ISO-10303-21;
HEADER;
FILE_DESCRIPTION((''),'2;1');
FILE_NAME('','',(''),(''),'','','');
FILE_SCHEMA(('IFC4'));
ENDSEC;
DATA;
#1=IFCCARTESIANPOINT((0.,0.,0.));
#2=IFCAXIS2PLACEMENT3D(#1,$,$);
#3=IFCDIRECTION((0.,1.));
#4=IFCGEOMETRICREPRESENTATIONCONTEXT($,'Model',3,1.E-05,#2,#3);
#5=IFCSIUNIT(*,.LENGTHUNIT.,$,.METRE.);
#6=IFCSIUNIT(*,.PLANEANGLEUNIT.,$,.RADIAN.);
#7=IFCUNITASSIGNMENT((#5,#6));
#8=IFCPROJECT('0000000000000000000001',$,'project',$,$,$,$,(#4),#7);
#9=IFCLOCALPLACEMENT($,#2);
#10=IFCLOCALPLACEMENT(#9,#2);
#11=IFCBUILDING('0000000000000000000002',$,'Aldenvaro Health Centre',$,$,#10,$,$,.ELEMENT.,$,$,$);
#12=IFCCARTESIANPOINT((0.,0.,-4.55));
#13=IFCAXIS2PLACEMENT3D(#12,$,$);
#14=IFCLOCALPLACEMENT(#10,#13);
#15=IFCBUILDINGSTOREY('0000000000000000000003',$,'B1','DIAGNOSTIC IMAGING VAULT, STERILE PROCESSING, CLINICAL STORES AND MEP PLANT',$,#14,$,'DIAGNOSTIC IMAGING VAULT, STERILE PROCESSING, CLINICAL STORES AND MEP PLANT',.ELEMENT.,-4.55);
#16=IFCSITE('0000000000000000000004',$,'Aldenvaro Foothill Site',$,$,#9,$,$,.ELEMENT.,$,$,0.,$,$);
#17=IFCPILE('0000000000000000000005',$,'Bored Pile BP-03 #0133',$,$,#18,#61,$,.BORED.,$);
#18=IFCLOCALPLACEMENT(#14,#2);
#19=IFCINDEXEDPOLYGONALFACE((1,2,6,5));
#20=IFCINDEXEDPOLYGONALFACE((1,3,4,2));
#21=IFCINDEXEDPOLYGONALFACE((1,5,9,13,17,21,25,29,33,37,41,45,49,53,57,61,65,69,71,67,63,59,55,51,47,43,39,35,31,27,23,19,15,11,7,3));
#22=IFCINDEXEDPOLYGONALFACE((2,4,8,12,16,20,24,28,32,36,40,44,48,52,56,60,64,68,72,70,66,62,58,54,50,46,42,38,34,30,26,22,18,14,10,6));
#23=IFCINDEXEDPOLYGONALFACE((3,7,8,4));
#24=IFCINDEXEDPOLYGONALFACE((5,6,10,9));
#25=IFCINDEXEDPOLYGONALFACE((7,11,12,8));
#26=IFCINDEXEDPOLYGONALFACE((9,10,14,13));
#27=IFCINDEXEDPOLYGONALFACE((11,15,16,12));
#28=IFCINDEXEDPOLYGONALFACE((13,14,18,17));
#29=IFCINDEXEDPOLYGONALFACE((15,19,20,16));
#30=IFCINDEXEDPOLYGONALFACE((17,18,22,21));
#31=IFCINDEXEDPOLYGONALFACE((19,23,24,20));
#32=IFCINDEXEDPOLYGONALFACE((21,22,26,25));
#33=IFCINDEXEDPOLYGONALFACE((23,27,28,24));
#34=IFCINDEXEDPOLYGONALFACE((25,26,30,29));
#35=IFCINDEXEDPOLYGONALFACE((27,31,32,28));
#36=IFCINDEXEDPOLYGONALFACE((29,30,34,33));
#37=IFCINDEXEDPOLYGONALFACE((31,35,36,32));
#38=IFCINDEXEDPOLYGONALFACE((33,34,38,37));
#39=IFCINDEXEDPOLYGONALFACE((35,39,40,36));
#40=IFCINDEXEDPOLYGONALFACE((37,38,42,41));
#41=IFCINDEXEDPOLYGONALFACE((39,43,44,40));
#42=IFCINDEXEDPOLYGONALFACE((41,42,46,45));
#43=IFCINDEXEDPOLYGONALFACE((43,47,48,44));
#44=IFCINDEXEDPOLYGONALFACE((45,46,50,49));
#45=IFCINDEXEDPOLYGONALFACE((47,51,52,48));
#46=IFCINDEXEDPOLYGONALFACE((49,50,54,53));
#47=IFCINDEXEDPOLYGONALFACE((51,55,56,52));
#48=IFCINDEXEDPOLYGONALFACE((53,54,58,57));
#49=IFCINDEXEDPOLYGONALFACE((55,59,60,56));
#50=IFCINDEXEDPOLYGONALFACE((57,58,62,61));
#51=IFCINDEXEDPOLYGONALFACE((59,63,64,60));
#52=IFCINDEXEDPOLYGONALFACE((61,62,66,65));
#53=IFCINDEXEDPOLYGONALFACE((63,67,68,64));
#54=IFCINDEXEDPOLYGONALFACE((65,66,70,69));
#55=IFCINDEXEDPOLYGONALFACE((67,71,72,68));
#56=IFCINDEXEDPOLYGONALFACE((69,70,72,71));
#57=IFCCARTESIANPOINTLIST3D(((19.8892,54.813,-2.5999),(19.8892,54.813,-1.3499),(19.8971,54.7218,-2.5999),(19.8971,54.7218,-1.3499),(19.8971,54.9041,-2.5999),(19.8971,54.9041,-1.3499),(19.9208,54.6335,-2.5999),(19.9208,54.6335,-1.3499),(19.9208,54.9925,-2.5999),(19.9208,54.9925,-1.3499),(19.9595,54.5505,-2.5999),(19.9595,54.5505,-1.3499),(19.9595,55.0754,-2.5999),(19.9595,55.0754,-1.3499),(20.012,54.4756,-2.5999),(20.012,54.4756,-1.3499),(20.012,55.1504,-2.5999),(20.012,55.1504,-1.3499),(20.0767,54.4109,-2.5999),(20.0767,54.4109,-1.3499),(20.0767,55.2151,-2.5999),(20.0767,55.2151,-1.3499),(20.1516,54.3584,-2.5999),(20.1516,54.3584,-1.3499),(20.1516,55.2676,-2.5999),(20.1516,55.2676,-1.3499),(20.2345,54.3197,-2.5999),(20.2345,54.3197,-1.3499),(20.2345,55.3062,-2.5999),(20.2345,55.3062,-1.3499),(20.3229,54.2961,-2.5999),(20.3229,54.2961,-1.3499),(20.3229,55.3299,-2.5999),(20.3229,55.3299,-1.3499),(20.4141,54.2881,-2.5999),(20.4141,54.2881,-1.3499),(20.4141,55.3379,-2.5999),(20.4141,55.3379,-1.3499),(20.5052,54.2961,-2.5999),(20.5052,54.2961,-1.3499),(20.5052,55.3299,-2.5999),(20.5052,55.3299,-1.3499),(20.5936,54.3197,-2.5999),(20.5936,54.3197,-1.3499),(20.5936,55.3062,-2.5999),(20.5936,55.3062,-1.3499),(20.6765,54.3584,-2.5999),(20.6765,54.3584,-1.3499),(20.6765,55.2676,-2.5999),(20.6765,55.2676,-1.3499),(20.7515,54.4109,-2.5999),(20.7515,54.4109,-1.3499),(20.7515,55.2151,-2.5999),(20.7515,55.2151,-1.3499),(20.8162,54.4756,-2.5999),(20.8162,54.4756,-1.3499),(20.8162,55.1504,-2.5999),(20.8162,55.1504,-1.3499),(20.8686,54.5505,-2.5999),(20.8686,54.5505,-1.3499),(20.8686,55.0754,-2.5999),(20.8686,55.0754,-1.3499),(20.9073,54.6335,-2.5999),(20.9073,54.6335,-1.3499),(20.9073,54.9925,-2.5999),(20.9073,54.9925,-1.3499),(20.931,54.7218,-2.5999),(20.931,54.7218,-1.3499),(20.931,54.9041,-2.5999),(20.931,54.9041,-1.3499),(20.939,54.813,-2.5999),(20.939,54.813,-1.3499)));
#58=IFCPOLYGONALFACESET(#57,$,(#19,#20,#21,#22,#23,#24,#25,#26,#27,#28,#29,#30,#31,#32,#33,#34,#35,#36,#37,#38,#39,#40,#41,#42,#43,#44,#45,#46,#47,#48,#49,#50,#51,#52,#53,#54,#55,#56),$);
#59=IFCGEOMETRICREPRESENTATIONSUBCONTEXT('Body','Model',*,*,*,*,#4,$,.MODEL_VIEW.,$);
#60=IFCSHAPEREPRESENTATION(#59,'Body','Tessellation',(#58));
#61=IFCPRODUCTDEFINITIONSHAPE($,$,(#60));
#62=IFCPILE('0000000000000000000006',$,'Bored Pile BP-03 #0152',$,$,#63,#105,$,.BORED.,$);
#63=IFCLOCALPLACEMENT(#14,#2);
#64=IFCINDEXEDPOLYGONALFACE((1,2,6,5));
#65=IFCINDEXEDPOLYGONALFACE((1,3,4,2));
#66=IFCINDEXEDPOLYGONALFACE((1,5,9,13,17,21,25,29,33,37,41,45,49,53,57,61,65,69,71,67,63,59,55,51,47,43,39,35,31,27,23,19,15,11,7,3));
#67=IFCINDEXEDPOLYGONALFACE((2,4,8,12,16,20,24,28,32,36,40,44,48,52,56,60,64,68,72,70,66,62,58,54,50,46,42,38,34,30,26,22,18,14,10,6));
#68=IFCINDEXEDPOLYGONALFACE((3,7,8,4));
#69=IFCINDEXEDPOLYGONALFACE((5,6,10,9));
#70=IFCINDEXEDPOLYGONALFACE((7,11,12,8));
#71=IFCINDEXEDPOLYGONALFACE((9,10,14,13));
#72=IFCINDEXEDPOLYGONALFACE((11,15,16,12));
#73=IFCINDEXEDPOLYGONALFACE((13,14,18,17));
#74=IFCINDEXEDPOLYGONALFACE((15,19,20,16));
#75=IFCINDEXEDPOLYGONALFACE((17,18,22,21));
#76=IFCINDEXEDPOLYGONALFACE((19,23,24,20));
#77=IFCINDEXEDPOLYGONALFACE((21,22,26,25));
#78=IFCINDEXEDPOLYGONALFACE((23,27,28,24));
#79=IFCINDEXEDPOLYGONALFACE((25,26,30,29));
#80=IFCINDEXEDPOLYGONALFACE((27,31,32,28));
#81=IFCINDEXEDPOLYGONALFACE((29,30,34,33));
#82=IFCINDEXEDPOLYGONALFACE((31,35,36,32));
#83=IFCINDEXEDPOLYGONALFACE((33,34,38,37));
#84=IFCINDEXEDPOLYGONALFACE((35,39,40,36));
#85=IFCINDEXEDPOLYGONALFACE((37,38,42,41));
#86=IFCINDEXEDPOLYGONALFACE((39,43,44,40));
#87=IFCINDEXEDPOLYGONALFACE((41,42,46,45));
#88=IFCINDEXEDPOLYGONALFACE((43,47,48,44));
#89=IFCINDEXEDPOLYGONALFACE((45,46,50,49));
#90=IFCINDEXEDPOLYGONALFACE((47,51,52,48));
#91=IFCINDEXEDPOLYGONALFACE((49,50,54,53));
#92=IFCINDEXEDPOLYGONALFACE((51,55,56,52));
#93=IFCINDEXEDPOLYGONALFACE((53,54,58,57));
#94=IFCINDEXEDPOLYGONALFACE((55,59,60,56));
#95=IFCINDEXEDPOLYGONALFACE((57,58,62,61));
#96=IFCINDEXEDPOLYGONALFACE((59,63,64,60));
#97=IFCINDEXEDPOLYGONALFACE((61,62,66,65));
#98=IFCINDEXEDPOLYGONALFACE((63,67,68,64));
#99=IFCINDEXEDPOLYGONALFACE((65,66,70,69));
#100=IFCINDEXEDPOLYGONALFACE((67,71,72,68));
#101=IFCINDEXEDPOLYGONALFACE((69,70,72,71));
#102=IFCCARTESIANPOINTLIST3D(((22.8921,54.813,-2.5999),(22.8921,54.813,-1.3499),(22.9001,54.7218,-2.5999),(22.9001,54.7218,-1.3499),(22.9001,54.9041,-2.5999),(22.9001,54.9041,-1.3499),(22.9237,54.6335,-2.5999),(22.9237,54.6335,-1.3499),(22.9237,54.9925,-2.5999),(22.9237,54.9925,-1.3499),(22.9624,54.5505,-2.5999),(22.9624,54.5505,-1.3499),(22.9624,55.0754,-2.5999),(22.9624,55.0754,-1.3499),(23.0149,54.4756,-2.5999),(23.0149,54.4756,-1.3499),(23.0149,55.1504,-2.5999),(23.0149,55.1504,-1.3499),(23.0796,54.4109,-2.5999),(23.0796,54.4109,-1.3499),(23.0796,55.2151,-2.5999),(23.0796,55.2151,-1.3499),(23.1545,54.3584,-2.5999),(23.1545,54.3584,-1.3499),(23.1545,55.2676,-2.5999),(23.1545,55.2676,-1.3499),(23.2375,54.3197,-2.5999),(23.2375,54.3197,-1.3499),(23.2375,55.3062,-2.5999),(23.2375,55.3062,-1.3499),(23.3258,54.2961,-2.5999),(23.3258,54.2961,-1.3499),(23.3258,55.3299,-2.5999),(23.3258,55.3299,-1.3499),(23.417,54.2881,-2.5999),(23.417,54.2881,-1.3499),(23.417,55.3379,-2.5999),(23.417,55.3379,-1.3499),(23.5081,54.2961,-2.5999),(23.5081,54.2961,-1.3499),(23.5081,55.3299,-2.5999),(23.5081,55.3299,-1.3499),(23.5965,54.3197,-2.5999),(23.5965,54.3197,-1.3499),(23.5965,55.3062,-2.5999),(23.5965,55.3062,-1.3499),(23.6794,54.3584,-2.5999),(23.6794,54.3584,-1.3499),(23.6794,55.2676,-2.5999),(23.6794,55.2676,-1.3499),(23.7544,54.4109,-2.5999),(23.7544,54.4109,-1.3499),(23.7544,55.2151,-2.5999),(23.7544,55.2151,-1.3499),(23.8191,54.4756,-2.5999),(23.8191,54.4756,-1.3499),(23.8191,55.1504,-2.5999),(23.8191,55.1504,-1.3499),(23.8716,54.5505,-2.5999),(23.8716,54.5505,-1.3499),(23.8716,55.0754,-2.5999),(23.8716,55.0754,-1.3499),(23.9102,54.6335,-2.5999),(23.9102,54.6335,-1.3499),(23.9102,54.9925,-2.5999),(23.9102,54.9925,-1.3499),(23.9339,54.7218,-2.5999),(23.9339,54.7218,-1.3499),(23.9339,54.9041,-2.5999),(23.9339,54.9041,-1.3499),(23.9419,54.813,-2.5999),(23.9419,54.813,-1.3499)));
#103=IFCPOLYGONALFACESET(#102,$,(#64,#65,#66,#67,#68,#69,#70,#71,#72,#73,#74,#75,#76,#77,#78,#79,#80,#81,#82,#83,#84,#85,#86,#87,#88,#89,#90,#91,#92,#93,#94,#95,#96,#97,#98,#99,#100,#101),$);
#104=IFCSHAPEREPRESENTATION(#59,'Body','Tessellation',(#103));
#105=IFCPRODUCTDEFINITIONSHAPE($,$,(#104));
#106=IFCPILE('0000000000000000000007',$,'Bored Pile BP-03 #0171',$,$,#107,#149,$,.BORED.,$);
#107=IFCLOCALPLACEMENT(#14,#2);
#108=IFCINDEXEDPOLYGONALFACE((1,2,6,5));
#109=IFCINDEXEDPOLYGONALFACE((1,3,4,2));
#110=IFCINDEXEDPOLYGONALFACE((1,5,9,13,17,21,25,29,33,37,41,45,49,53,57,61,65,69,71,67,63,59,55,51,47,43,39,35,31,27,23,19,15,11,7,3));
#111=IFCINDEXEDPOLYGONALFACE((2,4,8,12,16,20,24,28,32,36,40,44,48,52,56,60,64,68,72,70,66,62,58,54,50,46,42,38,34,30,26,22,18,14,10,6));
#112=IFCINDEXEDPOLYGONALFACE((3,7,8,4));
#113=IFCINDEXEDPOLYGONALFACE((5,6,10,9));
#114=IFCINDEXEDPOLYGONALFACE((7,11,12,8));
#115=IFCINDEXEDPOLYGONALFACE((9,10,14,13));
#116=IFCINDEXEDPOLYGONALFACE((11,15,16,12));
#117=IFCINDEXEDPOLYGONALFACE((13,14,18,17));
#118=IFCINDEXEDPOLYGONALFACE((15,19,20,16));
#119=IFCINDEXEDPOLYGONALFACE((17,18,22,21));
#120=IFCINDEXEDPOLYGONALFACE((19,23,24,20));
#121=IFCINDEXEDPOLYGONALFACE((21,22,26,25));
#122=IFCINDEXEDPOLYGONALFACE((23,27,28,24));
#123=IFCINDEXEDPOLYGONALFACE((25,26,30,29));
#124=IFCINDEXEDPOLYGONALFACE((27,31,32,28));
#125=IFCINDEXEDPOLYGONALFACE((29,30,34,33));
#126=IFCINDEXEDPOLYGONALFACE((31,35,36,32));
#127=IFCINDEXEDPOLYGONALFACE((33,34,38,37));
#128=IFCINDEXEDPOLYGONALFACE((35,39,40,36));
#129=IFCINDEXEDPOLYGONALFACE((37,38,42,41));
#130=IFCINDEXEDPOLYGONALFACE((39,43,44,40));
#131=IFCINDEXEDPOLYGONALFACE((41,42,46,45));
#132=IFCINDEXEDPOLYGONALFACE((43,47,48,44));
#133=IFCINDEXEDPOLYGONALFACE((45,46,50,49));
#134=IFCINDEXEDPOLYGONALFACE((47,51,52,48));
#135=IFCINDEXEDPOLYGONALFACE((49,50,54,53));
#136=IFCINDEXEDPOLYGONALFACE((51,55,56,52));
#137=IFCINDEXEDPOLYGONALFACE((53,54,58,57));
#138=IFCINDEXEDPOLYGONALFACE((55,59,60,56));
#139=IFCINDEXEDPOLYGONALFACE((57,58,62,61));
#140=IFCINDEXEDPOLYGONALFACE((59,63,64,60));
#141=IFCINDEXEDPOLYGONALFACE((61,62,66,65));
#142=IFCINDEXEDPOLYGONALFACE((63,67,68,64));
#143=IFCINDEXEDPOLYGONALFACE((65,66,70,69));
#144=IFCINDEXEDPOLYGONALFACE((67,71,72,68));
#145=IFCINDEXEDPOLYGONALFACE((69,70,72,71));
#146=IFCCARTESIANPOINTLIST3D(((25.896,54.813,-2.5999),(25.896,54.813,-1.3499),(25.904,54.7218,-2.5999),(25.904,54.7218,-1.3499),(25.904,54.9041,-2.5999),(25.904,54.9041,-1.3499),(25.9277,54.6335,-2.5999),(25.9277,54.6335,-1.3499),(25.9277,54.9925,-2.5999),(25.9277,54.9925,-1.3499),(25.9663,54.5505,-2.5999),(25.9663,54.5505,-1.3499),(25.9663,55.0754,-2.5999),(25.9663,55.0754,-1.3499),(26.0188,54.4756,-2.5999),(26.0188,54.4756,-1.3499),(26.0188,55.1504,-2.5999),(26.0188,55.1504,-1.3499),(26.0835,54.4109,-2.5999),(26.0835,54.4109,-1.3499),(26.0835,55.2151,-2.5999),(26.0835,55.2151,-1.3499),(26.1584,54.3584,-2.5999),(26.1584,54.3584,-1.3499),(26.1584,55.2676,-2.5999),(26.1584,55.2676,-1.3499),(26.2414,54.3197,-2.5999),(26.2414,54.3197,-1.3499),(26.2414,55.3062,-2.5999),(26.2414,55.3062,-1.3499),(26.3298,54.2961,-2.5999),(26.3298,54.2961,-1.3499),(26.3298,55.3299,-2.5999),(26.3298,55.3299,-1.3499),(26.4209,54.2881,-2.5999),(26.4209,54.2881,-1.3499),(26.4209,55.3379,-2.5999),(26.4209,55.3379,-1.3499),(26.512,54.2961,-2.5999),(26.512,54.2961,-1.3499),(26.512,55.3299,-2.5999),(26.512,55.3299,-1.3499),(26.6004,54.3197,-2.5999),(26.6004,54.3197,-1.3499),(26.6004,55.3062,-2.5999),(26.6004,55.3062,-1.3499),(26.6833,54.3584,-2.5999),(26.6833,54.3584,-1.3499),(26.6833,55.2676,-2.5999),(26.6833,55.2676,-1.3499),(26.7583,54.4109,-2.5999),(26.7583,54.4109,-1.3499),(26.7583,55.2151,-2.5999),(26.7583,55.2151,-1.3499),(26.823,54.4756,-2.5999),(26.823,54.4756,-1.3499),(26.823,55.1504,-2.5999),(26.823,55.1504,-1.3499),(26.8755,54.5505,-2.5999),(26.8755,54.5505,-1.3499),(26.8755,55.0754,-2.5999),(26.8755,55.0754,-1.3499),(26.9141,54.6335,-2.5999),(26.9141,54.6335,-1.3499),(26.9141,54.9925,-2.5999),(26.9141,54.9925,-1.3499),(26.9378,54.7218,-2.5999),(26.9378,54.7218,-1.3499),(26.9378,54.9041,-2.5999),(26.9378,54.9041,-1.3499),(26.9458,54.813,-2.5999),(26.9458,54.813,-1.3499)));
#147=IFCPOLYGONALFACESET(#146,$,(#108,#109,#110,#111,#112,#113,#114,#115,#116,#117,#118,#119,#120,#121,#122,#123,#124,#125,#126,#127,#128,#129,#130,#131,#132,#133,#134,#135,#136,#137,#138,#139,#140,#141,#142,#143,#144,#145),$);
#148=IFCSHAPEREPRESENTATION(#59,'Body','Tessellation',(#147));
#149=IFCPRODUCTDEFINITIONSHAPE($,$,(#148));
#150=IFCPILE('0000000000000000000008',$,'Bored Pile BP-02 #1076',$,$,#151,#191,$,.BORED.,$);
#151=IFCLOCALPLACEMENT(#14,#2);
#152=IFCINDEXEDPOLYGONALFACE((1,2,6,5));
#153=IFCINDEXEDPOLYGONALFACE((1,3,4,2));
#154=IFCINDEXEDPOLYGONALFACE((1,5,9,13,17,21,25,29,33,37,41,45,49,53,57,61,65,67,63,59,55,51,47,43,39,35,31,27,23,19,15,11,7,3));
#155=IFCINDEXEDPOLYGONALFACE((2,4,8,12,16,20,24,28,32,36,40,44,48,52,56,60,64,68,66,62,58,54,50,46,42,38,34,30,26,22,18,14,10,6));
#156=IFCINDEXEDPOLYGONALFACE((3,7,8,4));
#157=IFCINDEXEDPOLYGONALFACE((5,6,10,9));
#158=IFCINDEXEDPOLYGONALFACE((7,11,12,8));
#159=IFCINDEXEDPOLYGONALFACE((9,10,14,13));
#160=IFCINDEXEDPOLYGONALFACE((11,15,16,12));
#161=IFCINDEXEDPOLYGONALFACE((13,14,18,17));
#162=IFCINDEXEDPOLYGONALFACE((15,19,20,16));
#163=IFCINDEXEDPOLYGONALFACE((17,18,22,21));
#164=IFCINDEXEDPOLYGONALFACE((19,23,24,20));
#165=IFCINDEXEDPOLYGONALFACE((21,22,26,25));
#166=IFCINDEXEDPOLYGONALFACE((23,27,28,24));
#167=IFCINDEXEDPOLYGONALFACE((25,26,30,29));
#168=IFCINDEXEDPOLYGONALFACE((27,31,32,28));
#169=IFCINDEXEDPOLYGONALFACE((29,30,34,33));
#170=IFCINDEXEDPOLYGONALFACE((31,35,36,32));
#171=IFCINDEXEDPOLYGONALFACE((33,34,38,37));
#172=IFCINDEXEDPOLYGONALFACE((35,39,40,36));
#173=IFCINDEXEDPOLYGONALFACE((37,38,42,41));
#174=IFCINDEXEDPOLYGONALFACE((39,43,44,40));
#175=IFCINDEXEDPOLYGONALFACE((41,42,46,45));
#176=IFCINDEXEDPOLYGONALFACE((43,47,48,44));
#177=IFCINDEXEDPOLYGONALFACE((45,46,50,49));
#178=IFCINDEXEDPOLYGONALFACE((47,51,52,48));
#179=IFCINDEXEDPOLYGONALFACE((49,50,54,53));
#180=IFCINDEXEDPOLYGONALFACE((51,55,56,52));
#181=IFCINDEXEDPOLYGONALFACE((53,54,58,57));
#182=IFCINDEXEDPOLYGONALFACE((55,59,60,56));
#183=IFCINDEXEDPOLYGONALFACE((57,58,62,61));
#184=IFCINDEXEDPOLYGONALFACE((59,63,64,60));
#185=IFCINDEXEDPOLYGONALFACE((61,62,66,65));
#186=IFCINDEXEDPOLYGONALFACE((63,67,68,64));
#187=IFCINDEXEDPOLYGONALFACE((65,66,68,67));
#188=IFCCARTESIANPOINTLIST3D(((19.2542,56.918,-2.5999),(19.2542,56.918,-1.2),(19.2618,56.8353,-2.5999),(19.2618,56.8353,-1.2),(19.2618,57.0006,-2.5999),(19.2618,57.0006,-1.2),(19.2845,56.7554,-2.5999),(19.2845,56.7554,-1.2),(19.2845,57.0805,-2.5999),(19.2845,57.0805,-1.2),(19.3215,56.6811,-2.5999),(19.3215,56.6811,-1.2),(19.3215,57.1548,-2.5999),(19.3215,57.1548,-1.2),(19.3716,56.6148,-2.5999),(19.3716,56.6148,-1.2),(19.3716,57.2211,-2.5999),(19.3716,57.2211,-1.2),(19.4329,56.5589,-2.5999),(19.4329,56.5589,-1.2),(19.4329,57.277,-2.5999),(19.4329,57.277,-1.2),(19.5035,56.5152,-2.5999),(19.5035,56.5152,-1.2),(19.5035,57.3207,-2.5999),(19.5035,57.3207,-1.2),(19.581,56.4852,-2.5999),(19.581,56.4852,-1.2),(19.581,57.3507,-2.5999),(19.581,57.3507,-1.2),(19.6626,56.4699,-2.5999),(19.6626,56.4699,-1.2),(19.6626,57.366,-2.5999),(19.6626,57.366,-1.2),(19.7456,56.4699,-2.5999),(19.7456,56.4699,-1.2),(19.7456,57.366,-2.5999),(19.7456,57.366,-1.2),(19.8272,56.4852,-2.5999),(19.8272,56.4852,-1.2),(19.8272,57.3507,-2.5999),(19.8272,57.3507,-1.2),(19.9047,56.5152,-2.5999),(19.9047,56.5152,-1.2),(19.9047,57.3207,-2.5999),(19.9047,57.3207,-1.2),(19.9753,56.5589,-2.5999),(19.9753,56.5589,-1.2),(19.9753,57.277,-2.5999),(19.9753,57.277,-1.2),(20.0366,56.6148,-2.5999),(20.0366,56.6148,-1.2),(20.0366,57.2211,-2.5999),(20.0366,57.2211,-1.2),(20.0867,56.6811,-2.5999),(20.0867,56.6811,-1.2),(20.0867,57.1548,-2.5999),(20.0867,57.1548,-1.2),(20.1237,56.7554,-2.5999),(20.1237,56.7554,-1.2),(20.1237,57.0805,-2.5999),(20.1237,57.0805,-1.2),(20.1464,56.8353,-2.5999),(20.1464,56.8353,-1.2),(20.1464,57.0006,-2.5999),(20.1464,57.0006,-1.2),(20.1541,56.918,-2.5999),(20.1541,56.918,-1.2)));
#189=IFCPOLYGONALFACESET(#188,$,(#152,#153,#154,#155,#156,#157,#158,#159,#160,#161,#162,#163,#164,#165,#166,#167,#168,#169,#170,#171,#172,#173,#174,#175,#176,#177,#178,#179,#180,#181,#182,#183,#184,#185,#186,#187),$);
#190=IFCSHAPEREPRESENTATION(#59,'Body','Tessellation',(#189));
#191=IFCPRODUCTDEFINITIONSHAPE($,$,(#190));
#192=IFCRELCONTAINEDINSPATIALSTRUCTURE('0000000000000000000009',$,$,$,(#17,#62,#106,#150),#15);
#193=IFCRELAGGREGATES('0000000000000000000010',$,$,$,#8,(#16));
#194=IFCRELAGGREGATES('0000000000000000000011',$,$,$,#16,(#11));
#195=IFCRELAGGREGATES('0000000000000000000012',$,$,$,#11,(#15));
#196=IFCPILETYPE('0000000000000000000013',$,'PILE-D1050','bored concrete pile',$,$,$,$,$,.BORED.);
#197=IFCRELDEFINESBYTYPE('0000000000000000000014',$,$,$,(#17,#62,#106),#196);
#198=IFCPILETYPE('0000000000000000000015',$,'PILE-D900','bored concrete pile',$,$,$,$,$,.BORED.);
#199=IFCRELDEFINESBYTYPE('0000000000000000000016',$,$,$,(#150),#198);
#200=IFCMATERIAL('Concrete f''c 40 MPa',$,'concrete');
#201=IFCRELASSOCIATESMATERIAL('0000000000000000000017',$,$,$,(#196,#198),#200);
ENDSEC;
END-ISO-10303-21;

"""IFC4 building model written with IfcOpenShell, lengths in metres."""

from ifc_helpers import new_model, si_unit, direction, frame, origin, origin_2d, place, context, subcontext, project, spatial, circle, extrude, material, material_profile, profile_set, type_object, element, save


model = new_model("IFC4")

# Units and contexts
model_context = context("Model", 3, precision=1e-05, world=origin(), true_north=direction((0.0, 1.0)))
body_context = subcontext(model_context, "Body", "Model", "MODEL_VIEW")
ifc_project = project(units=[si_unit("LENGTHUNIT", "METRE"), si_unit("PLANEANGLEUNIT", "RADIAN")], contexts=[model_context])

# Site, building, storey
site_placement = place(None, origin())
site = spatial("IfcSite", under=ifc_project, at=site_placement, Name="Aldenvaro Foothill Site", CompositionType="ELEMENT", RefElevation=0.0)
building_placement = place(site_placement, origin())
building = spatial("IfcBuilding", under=site, at=building_placement, Name="Aldenvaro Health Centre", CompositionType="ELEMENT")
storey_placement = place(building_placement, frame((0.0, 0.0, -4.55)))
storey = spatial("IfcBuildingStorey", under=building, at=storey_placement, Name="B1", Description="DIAGNOSTIC IMAGING VAULT, STERILE PROCESSING, CLINICAL STORES AND MEP PLANT", LongName="DIAGNOSTIC IMAGING VAULT, STERILE PROCESSING, CLINICAL STORES AND MEP PLANT", CompositionType="ELEMENT", Elevation=-4.55)

# Piles
ifc_material_1 = material(Name="Concrete f'c 40 MPa", Category="concrete")
ifc_material_profile_1 = material_profile(ifc_material_1, circle(Radius=0.5249, at=origin_2d()), Name="PILE D1050", Category="concrete")
ifc_profile_set_1 = profile_set([ifc_material_profile_1], Name="Concrete f'c 40 MPa")
pile_type_1 = type_object("IfcPileType", Name="PILE-D1050", Description="bored concrete pile", PredefinedType="BORED", material=ifc_profile_set_1)
for number, where, z_axis, x_axis, name in (
    (1, (20.4141, 54.813, -1.3499), (0.0, 0.0, -1.0), (1.0, 0.0, 0.0), "Bored Pile BP-03 #0133"),
    (2, (23.417, 54.813, -1.3499), (0.0, 0.0, -1.0), (1.0, 0.0, 0.0), "Bored Pile BP-03 #0152"),
    (3, (26.4209, 54.813, -1.3499), (0.0, 0.0, -1.0), (1.0, 0.0, 0.0), "Bored Pile BP-03 #0171"),
):
    element("IfcPile", number, at=place(storey_placement, frame(where, z_axis=z_axis, x_axis=x_axis)), inside=storey, type_object=pile_type_1, Name=name, PredefinedType="BORED", context=body_context, shape_type="SweptSolid", body=[
        extrude(circle(Radius=0.5249, at=origin_2d()), origin(), (0.0, 0.0, 1.0), 1.25),
    ])
ifc_material_profile_2 = material_profile(ifc_material_1, circle(Radius=0.45, at=origin_2d()), Name="PILE D900", Category="concrete")
ifc_profile_set_2 = profile_set([ifc_material_profile_2], Name="Concrete f'c 40 MPa")
pile_type_2 = type_object("IfcPileType", Name="PILE-D900", Description="bored concrete pile", PredefinedType="BORED", material=ifc_profile_set_2)
for number, where, z_axis, x_axis, name in (
    (4, (19.7041, 56.918, -1.2), (0.0, 0.0, -1.0), (1.0, 0.0, 0.0), "Bored Pile BP-02 #1076"),
):
    element("IfcPile", number, at=place(storey_placement, frame(where, z_axis=z_axis, x_axis=x_axis)), inside=storey, type_object=pile_type_2, Name=name, PredefinedType="BORED", context=body_context, shape_type="SweptSolid", body=[
        extrude(circle(Radius=0.45, at=origin_2d()), origin(), (0.0, 0.0, 1.0), 1.3999),
    ])

save(model, "model.ifc")
